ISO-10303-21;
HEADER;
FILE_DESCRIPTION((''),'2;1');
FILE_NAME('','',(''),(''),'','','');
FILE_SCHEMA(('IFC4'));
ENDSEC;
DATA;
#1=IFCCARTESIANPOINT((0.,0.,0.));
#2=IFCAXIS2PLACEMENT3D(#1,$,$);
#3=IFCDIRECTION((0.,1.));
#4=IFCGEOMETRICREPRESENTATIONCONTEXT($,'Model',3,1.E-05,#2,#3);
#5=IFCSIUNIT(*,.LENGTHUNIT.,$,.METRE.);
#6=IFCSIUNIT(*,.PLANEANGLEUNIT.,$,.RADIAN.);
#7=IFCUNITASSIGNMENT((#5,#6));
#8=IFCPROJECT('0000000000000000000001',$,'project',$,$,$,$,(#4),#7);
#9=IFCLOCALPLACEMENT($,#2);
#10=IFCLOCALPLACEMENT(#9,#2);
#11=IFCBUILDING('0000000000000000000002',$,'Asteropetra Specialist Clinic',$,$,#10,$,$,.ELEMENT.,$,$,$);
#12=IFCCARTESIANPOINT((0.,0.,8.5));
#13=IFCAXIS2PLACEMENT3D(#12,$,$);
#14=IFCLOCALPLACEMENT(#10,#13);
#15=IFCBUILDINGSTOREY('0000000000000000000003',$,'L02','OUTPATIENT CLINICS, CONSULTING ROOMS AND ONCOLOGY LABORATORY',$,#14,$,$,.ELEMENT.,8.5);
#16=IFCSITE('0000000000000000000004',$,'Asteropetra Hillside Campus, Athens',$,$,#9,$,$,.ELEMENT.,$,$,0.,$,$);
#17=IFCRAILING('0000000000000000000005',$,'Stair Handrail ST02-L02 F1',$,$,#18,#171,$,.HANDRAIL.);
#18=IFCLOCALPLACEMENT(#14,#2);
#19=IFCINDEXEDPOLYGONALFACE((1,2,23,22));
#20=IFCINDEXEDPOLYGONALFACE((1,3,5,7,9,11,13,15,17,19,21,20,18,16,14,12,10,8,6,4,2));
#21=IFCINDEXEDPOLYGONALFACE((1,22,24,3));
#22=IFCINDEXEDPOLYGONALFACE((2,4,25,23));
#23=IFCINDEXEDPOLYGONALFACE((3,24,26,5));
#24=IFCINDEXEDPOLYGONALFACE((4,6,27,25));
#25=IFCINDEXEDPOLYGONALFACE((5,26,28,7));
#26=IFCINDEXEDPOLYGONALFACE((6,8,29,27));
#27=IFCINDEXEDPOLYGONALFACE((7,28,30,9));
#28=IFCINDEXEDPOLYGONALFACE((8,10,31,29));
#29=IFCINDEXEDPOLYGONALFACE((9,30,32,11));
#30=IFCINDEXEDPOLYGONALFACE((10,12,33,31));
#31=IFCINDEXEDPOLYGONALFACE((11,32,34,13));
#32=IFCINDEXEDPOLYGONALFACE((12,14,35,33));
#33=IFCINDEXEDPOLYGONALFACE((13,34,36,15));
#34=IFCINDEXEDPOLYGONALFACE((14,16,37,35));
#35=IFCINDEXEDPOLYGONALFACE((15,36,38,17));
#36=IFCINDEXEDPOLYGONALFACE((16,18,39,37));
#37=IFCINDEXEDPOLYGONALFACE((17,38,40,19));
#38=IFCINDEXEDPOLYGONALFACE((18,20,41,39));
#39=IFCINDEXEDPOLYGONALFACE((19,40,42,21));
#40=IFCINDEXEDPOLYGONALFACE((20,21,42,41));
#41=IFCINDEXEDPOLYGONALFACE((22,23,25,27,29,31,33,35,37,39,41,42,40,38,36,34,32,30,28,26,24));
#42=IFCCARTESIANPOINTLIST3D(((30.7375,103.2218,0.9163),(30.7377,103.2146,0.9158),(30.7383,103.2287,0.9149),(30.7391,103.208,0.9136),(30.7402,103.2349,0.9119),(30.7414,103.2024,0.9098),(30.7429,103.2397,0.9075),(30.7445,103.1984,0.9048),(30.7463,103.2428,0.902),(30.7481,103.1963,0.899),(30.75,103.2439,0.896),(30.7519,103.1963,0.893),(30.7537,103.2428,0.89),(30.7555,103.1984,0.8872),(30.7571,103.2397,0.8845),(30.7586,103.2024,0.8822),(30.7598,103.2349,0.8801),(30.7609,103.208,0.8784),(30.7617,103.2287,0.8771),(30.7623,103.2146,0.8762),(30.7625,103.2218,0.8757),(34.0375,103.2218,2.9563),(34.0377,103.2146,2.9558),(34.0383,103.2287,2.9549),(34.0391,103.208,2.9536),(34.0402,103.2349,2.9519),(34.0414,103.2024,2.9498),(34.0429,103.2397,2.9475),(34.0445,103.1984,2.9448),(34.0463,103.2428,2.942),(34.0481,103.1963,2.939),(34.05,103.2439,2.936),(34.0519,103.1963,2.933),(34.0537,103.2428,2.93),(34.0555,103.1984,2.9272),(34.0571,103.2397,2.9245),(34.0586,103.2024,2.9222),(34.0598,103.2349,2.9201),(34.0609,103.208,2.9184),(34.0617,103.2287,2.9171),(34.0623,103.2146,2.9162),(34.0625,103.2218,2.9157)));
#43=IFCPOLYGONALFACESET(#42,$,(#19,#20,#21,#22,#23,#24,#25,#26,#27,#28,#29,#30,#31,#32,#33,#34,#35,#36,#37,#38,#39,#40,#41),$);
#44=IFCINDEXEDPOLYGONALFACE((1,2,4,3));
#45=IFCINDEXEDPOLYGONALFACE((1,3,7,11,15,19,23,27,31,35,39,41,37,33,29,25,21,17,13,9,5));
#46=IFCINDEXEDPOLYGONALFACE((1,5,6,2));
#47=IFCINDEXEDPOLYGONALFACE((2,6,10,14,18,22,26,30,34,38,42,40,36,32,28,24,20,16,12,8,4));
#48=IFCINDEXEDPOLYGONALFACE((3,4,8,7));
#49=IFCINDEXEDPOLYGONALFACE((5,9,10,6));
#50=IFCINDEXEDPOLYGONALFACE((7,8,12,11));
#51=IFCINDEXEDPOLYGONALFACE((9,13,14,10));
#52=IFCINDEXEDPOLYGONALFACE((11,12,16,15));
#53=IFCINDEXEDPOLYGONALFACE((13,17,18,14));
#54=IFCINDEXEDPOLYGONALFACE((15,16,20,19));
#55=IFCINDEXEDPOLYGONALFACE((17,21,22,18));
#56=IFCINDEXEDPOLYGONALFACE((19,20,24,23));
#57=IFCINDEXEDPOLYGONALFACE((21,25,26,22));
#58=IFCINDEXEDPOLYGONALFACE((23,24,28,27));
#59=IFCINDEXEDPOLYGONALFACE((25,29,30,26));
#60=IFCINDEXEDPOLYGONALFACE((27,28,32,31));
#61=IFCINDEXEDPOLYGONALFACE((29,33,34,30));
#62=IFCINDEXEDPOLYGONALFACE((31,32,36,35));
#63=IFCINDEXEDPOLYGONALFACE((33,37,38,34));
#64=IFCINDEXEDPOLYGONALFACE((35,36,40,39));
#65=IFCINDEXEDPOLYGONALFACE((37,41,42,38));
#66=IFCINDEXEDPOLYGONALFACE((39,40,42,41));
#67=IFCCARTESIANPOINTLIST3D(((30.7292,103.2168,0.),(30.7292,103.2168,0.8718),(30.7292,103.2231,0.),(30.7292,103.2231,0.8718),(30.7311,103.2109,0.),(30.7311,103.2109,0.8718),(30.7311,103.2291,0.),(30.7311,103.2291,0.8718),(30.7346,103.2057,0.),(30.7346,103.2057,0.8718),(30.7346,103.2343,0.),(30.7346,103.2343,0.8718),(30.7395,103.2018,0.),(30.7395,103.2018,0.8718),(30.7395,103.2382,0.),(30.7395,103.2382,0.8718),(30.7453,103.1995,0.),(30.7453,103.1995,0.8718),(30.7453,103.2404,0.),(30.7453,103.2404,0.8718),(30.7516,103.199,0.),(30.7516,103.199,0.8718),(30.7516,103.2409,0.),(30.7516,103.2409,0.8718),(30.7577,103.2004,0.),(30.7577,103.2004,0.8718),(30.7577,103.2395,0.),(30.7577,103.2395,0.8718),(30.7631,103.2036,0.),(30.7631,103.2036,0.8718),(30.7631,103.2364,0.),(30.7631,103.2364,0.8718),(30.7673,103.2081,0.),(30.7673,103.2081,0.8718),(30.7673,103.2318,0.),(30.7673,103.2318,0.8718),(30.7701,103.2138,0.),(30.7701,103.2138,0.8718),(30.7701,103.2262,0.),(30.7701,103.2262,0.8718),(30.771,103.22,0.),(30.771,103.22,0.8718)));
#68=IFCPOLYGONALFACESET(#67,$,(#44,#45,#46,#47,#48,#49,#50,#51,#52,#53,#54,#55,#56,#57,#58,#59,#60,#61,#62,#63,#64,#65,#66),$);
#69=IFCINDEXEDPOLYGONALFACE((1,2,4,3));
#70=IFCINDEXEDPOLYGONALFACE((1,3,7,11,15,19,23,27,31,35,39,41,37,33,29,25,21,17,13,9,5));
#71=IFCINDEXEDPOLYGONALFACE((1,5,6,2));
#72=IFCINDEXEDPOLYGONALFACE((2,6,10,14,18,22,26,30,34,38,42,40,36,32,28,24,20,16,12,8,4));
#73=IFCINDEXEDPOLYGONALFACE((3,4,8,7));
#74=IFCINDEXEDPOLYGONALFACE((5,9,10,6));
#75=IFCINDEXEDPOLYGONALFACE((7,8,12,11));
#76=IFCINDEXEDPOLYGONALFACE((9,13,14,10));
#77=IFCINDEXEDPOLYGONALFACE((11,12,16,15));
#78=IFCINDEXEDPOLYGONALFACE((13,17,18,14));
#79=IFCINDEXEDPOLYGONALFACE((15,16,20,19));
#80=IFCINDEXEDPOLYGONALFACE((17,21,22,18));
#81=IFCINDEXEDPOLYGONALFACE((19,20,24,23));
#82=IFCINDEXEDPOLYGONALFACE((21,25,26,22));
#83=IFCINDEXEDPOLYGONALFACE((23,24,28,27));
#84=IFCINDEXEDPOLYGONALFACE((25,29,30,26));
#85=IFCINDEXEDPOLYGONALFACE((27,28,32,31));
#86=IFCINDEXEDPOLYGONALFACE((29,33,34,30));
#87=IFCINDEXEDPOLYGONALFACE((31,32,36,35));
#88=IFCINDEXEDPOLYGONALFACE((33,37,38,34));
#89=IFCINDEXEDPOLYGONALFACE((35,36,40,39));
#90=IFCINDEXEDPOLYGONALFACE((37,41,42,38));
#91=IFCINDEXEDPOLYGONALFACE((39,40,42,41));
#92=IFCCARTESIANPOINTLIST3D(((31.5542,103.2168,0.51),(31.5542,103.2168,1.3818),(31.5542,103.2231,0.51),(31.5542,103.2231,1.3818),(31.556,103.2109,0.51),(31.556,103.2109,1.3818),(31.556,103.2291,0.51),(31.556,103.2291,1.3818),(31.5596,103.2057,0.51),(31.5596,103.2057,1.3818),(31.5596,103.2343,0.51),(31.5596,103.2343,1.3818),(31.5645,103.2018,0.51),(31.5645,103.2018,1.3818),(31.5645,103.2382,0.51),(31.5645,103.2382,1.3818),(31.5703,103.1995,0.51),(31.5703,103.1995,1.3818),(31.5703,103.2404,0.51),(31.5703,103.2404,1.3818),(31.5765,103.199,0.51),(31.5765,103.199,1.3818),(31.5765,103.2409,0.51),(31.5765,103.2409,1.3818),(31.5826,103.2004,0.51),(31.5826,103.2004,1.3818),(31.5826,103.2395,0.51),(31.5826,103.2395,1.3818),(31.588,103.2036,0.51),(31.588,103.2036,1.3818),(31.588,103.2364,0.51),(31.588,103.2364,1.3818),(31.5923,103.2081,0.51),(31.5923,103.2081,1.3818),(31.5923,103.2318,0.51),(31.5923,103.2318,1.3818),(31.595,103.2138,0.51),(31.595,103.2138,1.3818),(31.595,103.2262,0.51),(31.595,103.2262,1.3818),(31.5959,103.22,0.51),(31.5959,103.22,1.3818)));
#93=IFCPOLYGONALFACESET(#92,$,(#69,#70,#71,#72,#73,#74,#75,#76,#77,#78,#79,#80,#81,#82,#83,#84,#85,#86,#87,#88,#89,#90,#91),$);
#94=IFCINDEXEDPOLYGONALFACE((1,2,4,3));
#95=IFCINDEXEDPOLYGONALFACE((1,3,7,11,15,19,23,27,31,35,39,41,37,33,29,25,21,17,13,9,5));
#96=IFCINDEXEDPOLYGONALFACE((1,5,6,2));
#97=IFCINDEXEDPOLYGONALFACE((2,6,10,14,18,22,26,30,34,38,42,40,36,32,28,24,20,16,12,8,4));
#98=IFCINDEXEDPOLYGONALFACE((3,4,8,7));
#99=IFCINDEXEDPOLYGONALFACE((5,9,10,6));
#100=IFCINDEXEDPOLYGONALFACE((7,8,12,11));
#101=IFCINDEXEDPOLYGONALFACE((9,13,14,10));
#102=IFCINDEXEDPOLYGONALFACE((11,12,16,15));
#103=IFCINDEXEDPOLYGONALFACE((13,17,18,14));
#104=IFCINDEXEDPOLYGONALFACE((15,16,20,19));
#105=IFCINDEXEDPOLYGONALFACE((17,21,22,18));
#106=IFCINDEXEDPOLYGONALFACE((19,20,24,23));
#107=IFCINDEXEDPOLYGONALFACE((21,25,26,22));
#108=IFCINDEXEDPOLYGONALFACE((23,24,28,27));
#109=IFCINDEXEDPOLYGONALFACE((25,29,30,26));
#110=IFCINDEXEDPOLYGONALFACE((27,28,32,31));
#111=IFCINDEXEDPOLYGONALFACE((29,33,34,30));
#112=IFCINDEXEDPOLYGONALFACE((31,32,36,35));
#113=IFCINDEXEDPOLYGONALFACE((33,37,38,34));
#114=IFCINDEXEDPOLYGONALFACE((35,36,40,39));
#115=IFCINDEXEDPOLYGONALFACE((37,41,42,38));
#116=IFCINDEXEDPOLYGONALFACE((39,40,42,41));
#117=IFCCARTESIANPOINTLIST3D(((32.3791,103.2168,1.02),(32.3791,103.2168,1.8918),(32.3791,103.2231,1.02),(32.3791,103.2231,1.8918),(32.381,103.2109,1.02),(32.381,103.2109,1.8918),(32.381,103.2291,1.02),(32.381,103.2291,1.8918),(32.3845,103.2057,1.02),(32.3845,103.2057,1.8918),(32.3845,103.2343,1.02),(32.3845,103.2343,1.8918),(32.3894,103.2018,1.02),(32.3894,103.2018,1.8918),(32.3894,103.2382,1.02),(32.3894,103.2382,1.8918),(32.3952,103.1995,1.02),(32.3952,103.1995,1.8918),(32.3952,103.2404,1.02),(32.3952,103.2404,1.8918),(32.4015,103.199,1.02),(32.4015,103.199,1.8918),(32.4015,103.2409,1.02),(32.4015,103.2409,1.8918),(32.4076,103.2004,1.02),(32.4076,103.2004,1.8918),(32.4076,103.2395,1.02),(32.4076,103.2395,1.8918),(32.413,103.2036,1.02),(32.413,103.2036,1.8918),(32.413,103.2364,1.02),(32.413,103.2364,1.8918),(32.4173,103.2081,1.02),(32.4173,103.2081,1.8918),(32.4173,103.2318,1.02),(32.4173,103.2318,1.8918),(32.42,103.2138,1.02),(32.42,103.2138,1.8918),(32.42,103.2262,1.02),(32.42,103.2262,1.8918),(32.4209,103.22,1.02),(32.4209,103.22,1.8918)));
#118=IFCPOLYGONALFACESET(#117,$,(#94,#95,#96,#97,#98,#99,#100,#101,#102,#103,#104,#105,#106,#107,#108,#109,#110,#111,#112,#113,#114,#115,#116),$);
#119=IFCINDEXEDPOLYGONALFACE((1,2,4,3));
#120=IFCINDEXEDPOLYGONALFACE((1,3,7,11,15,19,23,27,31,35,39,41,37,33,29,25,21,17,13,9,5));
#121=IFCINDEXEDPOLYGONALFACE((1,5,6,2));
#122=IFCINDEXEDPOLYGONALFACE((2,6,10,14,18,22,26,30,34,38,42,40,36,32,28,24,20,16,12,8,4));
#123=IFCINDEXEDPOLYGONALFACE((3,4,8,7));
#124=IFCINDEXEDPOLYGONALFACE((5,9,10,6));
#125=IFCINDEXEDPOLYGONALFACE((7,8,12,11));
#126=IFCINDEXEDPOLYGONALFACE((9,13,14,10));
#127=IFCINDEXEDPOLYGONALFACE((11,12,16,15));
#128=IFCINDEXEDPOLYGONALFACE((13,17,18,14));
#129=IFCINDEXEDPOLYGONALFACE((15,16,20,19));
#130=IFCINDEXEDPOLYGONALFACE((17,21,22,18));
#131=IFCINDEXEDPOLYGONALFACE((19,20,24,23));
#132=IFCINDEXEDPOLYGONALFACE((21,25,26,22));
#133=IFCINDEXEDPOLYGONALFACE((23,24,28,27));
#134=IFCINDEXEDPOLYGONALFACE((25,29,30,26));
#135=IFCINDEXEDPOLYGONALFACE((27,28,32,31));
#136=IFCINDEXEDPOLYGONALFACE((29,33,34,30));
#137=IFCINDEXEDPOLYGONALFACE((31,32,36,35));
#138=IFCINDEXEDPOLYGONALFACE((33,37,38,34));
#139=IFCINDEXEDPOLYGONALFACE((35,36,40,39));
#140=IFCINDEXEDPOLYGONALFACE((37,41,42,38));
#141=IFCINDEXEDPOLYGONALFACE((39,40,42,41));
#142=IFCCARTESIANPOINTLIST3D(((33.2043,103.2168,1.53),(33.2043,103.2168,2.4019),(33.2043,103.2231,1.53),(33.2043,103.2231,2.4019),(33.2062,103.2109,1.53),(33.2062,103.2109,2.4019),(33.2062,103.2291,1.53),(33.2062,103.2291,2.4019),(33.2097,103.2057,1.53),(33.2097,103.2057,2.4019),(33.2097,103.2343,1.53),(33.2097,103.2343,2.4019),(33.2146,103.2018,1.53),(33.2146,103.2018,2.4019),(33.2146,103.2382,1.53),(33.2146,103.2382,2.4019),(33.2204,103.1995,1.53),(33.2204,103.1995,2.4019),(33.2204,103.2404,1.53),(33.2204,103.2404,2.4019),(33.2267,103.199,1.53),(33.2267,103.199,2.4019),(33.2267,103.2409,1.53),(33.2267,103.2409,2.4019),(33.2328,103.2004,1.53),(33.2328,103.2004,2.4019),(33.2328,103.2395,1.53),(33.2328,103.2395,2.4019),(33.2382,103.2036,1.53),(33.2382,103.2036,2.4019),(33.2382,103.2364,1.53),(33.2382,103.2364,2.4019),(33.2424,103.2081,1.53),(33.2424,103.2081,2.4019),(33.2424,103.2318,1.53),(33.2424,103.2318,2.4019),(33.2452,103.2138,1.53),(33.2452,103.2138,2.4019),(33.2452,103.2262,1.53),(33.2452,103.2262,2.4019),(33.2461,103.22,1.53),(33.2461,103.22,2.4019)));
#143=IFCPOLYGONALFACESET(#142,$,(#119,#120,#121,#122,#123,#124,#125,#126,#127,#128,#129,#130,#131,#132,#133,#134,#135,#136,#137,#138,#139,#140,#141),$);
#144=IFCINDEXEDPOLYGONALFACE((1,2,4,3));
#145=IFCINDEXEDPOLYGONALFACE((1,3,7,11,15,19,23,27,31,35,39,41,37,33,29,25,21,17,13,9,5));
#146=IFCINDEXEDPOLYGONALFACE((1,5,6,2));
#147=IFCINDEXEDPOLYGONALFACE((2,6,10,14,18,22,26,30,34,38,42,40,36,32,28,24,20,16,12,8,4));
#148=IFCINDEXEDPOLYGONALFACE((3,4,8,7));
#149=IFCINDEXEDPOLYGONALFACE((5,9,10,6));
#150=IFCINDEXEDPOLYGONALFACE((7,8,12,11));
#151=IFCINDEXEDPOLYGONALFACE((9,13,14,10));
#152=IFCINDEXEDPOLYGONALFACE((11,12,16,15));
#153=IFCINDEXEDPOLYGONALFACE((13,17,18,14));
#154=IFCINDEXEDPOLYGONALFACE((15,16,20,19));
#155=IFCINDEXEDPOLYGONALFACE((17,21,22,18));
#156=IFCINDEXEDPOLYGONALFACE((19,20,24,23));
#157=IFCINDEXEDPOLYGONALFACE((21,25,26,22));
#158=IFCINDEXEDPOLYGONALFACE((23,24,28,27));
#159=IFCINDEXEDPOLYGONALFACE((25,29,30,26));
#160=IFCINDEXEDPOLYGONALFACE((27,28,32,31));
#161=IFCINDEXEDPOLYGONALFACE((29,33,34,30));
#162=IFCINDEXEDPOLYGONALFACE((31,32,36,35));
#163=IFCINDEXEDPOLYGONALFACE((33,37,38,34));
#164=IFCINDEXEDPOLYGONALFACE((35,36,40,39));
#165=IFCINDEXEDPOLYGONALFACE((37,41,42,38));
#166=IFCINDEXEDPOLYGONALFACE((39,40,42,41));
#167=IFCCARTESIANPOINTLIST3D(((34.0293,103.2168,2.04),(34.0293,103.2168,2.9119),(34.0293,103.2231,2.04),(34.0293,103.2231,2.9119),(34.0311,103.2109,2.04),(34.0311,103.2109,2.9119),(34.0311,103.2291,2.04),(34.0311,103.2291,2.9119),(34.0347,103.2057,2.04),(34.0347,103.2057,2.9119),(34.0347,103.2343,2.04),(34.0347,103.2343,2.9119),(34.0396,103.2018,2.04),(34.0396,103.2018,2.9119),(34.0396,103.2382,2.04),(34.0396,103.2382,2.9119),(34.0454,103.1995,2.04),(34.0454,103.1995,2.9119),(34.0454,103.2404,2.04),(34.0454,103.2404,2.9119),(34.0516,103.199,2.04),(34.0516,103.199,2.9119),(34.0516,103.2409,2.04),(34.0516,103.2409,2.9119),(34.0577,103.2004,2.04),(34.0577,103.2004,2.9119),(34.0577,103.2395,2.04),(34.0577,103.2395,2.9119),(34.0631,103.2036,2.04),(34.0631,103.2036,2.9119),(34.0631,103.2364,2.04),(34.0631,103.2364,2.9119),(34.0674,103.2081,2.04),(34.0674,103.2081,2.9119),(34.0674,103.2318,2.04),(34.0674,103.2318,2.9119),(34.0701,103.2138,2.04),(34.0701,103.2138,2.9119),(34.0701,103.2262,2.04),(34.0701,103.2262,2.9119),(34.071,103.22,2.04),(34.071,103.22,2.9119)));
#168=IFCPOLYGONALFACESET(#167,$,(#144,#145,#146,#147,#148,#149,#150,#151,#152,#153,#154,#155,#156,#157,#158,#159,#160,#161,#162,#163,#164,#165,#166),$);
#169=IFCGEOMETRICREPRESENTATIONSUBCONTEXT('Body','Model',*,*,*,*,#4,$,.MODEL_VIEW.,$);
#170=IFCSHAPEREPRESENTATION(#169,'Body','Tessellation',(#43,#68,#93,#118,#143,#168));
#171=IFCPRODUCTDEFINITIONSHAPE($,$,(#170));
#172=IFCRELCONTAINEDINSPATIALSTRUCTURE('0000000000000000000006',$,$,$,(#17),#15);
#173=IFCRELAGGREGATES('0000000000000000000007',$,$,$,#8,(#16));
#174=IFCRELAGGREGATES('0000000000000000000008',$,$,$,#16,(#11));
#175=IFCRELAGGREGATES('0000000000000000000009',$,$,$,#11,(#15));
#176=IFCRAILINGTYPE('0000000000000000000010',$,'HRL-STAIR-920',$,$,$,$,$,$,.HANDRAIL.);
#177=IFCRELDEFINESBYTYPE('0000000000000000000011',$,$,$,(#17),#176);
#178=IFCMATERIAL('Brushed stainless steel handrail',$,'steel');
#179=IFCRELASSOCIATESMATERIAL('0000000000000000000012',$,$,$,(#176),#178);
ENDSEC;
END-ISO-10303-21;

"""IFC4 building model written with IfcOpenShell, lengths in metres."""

from ifc_helpers import new_model, si_unit, direction, frame, origin, origin_2d, place, context, subcontext, project, spatial, circle, extrude, material, type_object, element, save


model = new_model("IFC4")

# Units and contexts
model_context = context("Model", 3, precision=1e-05, world=origin(), true_north=direction((0.0, 1.0)))
body_context = subcontext(model_context, "Body", "Model", "MODEL_VIEW")
ifc_project = project(units=[si_unit("LENGTHUNIT", "METRE"), si_unit("PLANEANGLEUNIT", "RADIAN")], contexts=[model_context])

# Site, building, storey
site_placement = place(None, origin())
site = spatial("IfcSite", under=ifc_project, at=site_placement, Name="Asteropetra Hillside Campus, Athens", CompositionType="ELEMENT", RefElevation=0.0)
building_placement = place(site_placement, origin())
building = spatial("IfcBuilding", under=site, at=building_placement, Name="Asteropetra Specialist Clinic", CompositionType="ELEMENT")
storey_placement = place(building_placement, frame((0.0, 0.0, 8.5)))
storey = spatial("IfcBuildingStorey", under=building, at=storey_placement, Name="L02", Description="OUTPATIENT CLINICS, CONSULTING ROOMS AND ONCOLOGY LABORATORY", CompositionType="ELEMENT", Elevation=8.5)

# Railing
ifc_material_1 = material(Name="Brushed stainless steel handrail", Category="steel")
railing_type_1 = type_object("IfcRailingType", Name="HRL-STAIR-920", PredefinedType="HANDRAIL", material=ifc_material_1)
railing_1_placement = place(storey_placement, frame((30.75, 103.22, 0.0)))
element("IfcRailing", 1, at=railing_1_placement, inside=storey, type_object=railing_type_1, Name="Stair Handrail ST02-L02 F1", PredefinedType="HANDRAIL", context=body_context, shape_type="SweptSolid", body=[
    extrude(circle(Radius=0.0239, at=origin_2d()), frame((0.0, 0.0, 0.896), z_axis=(0.850594, 0.0, 0.525824), x_axis=(0.0, 1.0, 0.0)), (0.0, 0.0, 1.0), 3.8796),
    extrude(circle(Radius=0.021, at=origin_2d()), origin(), (0.0, 0.0, 1.0), 0.8718),
    extrude(circle(Radius=0.021, at=origin_2d()), frame((0.825, 0.0, 0.51)), (0.0, 0.0, 1.0), 0.8718),
    extrude(circle(Radius=0.021, at=origin_2d()), frame((1.6499, 0.0, 1.02)), (0.0, 0.0, 1.0), 0.8718),
    extrude(circle(Radius=0.021, at=origin_2d()), frame((2.4751, 0.0, 1.53)), (0.0, 0.0, 1.0), 0.8718),
    extrude(circle(Radius=0.021, at=origin_2d()), frame((3.3, 0.0, 2.04)), (0.0, 0.0, 1.0), 0.8718),
])

save(model, "model.ifc")
